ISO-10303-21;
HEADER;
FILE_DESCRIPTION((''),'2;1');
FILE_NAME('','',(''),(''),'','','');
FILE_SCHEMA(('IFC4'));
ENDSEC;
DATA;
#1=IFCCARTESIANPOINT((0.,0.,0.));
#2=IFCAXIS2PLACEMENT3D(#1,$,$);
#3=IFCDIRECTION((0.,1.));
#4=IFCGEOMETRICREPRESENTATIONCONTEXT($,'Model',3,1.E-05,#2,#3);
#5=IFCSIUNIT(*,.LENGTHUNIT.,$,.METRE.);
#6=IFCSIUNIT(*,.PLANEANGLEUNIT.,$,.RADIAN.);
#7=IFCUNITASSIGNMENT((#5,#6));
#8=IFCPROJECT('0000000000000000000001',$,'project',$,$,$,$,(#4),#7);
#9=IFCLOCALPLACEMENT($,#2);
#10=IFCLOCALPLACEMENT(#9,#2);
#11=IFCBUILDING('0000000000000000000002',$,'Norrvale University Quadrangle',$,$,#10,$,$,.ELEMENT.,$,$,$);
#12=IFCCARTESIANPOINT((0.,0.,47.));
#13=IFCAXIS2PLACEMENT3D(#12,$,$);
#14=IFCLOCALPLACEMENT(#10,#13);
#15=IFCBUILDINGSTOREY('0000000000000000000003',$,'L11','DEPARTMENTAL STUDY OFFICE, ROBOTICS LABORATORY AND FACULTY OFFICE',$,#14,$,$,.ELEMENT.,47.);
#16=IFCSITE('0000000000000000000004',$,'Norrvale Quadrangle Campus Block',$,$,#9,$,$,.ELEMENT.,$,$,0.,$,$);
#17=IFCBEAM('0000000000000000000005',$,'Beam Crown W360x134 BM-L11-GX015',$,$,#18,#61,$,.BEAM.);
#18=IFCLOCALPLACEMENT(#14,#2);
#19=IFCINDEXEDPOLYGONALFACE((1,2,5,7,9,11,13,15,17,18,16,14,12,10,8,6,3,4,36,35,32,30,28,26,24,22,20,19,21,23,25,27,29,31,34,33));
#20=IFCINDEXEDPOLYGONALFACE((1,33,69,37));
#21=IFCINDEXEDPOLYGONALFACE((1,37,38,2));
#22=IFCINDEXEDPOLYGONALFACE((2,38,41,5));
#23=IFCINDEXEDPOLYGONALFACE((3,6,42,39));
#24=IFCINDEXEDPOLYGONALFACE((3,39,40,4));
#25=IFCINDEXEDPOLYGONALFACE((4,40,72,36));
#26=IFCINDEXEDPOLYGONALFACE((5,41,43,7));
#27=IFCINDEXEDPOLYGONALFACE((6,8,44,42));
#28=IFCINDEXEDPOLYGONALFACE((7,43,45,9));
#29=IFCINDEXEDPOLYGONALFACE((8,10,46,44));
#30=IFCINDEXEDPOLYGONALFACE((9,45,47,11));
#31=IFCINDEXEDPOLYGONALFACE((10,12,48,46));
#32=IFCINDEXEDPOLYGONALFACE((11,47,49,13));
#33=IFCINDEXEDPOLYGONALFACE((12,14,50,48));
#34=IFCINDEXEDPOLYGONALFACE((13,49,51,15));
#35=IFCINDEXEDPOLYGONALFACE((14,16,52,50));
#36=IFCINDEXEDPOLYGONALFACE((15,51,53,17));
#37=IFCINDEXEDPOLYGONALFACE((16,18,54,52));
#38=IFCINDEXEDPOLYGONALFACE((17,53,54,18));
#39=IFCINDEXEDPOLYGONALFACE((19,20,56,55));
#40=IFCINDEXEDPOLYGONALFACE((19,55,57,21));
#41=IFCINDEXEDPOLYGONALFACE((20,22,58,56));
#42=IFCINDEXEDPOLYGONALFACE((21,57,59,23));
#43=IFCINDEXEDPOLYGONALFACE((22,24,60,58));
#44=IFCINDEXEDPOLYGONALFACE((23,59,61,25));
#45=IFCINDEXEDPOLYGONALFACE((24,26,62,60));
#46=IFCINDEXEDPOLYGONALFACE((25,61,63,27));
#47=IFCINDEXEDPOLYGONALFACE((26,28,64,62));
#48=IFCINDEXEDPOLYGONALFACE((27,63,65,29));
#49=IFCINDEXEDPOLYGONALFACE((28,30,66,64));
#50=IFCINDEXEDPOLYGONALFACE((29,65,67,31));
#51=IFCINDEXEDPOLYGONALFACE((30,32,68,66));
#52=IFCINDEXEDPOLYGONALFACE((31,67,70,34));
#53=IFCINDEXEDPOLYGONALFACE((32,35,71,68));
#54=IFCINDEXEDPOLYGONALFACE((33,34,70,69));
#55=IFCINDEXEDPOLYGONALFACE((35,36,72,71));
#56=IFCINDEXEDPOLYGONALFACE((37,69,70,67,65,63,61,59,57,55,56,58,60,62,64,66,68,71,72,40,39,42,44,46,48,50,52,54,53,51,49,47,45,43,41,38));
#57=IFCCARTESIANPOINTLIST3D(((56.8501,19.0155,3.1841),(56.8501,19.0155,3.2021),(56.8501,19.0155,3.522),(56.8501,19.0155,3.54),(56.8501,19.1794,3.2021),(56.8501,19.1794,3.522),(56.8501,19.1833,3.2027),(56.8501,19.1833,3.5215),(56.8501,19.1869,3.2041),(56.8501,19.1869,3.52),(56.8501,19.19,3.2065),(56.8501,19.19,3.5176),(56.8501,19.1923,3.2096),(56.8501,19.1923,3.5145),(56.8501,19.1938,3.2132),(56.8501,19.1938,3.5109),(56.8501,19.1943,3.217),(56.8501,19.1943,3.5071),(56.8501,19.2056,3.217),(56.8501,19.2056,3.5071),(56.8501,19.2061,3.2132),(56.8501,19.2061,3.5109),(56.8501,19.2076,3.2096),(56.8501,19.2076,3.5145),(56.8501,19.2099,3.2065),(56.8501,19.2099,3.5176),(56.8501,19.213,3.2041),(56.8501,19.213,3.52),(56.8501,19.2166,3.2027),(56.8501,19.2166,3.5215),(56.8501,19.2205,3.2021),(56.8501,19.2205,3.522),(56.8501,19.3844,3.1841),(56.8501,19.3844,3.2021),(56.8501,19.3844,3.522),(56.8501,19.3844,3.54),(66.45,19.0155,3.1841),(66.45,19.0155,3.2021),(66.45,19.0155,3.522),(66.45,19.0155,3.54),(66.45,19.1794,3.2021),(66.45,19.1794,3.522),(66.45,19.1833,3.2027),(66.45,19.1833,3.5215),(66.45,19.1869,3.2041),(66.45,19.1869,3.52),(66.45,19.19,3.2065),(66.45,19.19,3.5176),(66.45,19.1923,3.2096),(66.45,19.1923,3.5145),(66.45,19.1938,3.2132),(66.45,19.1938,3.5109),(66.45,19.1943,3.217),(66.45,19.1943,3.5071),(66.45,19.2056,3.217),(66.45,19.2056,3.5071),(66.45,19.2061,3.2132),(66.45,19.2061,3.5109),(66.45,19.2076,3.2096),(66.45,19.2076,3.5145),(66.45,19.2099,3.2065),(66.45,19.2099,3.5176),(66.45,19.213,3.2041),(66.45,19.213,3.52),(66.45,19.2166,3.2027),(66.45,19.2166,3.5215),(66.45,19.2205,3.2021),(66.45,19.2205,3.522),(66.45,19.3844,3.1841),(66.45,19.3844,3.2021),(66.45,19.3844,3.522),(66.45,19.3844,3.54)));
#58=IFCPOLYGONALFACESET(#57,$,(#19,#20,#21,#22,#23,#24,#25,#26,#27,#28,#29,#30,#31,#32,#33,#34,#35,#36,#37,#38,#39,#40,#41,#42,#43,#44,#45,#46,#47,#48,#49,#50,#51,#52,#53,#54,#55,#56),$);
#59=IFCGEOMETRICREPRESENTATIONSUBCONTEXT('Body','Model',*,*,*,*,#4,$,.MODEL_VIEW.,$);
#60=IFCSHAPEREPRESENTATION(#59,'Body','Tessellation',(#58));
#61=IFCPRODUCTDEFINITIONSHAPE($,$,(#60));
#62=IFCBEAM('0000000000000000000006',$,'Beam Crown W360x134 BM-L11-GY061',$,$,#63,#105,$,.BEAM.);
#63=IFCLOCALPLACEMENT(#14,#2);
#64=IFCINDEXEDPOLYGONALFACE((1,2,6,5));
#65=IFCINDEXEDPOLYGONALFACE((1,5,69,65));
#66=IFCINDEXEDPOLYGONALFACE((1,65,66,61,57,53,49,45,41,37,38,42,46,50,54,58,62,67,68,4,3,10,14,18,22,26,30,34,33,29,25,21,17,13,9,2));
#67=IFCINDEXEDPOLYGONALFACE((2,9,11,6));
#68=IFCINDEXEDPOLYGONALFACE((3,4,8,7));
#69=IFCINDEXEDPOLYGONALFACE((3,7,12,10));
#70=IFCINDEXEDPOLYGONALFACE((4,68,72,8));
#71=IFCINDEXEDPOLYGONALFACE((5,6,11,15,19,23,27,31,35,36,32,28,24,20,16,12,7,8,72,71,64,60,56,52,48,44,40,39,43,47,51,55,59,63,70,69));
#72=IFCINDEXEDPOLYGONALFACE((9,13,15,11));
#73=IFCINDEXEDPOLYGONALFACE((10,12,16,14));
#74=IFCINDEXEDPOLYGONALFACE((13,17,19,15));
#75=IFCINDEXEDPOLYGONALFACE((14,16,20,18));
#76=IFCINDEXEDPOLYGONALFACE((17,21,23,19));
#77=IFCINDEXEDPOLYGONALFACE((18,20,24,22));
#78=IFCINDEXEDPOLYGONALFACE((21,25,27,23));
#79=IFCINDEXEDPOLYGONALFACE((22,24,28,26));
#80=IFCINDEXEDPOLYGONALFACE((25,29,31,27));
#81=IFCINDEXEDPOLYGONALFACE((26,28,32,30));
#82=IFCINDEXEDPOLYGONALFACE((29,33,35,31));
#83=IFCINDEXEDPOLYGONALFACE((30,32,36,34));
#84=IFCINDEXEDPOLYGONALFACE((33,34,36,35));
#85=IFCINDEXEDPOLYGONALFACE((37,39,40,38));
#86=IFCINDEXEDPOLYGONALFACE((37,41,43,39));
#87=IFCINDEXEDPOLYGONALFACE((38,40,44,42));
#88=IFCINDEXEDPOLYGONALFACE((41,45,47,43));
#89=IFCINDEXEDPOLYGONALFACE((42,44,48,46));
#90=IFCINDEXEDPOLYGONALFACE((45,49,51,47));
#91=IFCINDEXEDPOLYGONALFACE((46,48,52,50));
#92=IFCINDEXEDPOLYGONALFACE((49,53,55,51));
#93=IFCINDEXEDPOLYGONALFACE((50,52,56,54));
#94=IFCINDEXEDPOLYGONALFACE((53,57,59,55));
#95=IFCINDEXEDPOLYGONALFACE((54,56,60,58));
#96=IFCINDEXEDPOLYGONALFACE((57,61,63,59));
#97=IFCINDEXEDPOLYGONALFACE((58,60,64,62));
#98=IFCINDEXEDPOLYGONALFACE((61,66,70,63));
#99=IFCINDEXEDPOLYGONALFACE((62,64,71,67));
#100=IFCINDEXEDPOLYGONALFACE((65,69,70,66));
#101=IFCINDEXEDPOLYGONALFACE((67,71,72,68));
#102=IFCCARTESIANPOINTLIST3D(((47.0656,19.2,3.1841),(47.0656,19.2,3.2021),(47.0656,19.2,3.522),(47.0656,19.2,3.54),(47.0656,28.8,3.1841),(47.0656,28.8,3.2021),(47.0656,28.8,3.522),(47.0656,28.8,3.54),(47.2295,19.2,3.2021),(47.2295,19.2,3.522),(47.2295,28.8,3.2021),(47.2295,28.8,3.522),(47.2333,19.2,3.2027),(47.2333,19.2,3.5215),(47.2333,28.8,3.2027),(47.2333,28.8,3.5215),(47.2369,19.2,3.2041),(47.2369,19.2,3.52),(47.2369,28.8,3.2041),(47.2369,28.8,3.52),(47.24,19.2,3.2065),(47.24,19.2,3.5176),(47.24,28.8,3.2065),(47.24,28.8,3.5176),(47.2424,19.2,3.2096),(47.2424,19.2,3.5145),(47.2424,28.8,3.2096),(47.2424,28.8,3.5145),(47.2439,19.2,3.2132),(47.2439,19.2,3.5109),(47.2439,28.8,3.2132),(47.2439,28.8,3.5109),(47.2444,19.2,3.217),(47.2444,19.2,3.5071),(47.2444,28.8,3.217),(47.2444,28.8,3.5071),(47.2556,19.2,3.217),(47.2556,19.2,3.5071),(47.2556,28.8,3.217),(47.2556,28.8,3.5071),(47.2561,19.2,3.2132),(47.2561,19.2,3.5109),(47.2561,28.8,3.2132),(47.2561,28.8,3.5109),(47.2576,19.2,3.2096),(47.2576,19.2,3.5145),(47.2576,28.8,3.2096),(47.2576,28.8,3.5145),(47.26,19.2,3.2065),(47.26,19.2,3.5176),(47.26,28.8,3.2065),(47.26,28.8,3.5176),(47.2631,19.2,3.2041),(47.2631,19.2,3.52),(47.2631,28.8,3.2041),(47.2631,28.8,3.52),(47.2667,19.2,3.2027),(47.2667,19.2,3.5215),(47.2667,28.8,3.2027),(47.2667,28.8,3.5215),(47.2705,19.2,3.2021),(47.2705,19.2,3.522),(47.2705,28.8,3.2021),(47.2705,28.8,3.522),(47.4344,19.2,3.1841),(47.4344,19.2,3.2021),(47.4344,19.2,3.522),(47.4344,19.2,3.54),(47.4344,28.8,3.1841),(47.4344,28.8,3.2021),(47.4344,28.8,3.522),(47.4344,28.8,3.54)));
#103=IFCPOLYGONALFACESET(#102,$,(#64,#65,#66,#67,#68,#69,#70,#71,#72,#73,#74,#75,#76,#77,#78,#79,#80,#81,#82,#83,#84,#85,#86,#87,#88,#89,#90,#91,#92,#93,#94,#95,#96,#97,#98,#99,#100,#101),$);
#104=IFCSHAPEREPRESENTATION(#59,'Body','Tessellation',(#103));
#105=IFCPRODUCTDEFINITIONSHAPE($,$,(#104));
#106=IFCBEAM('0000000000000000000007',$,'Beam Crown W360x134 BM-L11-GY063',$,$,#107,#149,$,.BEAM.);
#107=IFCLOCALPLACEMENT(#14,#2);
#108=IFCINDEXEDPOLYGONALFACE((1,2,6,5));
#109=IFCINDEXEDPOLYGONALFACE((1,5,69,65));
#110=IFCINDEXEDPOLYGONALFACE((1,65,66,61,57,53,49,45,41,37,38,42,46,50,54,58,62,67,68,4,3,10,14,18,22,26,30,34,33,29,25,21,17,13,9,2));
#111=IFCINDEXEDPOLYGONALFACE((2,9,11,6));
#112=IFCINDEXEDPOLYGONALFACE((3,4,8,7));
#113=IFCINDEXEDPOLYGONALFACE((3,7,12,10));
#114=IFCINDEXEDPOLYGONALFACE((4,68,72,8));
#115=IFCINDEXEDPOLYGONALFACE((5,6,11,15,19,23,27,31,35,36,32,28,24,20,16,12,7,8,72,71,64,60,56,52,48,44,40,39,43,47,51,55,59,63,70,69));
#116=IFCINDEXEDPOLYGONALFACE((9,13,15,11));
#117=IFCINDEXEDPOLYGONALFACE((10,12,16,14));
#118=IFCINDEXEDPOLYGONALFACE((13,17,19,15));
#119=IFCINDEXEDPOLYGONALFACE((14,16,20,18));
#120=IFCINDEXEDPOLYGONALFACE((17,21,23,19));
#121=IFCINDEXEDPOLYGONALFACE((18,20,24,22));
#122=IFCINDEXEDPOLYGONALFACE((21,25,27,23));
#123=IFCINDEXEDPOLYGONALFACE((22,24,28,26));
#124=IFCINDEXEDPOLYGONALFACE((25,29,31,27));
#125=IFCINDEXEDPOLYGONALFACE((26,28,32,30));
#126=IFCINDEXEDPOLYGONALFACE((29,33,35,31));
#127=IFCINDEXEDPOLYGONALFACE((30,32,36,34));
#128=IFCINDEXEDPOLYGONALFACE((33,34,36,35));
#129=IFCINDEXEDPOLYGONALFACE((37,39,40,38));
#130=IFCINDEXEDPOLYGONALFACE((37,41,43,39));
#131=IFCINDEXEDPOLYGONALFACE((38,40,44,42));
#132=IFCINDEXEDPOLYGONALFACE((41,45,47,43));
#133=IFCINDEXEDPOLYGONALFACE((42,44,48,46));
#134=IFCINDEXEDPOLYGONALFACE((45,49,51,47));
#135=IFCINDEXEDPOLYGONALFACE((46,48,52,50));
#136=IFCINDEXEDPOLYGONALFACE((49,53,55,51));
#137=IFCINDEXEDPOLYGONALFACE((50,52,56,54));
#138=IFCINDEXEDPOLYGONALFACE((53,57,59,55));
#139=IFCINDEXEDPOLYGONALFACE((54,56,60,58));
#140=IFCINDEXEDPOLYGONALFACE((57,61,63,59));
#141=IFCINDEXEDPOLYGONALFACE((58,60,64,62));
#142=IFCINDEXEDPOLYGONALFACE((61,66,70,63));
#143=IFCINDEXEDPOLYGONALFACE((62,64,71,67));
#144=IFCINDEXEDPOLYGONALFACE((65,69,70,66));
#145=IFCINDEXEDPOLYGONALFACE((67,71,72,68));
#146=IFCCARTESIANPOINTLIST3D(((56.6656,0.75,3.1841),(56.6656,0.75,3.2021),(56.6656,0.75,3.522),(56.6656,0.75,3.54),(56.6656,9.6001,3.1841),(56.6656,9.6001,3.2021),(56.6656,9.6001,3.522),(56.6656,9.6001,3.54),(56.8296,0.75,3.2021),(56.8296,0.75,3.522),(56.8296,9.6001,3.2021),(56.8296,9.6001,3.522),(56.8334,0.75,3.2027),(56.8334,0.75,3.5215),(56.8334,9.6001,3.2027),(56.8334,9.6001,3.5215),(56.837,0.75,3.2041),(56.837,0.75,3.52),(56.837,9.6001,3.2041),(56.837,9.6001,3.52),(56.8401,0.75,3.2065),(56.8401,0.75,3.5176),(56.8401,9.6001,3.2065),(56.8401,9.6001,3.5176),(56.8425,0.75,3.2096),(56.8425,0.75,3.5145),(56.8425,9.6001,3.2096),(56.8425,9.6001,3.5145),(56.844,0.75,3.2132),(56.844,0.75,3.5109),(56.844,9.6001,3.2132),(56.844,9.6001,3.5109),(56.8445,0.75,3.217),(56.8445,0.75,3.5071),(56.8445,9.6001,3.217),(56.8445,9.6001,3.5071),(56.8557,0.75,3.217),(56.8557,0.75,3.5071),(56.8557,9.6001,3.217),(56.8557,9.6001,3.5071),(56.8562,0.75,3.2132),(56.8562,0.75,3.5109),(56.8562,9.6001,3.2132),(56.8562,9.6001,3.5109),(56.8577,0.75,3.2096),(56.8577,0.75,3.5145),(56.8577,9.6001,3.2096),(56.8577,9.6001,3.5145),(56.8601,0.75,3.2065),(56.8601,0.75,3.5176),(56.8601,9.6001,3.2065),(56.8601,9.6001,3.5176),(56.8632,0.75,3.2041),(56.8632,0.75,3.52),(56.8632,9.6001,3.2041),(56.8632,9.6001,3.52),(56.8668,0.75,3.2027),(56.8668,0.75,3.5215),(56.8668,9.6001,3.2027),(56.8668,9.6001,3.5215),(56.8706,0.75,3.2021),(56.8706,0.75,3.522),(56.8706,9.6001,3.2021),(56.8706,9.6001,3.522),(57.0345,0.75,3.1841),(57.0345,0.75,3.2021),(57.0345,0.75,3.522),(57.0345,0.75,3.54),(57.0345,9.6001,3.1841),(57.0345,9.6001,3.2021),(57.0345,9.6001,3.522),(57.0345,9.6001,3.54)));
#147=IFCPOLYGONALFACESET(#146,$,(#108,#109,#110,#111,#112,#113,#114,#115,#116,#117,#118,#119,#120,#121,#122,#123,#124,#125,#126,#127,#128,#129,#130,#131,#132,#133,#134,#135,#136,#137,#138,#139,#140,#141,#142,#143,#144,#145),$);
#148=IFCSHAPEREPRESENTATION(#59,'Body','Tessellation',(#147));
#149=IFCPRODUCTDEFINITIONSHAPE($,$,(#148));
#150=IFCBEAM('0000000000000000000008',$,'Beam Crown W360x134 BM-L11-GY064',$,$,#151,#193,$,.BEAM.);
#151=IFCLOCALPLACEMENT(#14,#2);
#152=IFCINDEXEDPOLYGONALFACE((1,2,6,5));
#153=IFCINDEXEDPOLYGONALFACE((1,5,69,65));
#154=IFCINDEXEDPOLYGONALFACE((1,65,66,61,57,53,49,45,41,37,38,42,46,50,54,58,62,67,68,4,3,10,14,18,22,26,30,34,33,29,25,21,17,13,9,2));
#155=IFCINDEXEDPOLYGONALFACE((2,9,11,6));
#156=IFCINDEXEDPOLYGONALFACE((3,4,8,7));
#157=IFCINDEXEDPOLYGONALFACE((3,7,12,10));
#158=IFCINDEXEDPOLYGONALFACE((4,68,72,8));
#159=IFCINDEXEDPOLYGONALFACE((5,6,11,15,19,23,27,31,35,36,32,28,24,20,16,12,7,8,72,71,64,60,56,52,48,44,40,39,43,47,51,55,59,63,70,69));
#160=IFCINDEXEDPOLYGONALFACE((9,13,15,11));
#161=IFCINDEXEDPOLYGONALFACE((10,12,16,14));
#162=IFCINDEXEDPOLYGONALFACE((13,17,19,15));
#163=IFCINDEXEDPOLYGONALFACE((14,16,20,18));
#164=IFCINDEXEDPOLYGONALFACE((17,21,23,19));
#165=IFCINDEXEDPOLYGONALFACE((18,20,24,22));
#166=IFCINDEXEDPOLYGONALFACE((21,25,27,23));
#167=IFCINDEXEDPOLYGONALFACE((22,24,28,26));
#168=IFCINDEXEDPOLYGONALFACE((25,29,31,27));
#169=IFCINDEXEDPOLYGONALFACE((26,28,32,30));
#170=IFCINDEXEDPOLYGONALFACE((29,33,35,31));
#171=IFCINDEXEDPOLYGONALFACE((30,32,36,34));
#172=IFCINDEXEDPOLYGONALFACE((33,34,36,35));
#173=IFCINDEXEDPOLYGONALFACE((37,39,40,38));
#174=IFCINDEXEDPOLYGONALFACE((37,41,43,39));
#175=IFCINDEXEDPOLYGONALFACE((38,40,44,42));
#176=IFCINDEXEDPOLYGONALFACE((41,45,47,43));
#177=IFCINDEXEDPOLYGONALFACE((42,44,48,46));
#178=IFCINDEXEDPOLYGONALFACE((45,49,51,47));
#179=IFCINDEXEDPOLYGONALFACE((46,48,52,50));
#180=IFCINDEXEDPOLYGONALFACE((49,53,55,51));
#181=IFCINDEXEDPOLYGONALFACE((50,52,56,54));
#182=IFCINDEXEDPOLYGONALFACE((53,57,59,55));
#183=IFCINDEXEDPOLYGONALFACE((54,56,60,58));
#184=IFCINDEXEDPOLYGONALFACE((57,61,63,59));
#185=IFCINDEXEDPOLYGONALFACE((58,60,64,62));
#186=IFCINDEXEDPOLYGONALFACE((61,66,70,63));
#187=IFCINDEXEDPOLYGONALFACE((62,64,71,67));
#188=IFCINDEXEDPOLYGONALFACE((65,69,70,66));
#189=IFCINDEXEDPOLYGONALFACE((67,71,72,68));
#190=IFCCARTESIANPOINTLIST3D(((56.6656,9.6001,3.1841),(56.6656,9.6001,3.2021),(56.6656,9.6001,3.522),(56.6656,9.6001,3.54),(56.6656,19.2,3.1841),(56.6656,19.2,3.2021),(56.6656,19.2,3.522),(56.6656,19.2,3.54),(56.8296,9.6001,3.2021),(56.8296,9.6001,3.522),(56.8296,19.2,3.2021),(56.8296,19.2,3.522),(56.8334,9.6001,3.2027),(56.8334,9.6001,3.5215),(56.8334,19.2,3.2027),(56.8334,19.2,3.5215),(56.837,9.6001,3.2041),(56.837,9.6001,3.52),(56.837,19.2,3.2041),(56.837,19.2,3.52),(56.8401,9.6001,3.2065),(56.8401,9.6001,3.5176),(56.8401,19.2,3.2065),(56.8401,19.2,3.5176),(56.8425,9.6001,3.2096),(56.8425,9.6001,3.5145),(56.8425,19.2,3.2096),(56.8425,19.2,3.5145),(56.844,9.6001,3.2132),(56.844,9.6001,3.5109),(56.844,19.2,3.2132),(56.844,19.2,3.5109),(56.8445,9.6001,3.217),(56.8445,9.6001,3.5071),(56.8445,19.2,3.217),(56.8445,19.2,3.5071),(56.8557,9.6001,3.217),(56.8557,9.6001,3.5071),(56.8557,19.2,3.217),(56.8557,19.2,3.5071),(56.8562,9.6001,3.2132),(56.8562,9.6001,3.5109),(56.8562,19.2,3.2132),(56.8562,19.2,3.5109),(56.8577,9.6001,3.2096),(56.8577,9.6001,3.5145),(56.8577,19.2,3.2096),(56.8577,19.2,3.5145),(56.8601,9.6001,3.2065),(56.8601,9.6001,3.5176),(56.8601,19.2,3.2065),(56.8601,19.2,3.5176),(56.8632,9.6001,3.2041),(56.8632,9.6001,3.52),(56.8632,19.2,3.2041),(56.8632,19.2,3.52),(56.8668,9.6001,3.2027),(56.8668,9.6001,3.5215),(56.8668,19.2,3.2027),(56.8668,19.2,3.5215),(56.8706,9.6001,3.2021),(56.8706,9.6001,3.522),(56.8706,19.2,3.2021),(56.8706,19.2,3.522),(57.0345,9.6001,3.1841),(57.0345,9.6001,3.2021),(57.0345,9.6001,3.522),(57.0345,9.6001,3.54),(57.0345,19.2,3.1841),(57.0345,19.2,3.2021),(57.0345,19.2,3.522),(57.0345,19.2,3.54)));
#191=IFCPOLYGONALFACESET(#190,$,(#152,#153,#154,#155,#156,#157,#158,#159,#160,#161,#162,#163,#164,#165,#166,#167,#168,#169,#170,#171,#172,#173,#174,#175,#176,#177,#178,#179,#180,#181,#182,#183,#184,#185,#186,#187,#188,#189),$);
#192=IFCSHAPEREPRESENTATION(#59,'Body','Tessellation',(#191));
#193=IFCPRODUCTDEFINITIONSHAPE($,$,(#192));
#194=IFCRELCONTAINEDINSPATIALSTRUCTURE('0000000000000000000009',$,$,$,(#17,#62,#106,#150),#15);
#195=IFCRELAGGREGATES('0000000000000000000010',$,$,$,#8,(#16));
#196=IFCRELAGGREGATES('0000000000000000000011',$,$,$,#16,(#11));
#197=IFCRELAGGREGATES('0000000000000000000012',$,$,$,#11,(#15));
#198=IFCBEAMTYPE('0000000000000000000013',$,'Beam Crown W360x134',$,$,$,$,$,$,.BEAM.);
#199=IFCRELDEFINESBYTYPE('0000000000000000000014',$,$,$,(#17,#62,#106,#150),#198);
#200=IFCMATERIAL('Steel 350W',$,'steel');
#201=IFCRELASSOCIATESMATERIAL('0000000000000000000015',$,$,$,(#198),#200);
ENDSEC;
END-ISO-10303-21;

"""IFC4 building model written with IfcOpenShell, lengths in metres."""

from ifc_helpers import new_model, si_unit, direction, frame, origin, origin_2d, place, context, subcontext, project, spatial, i_section, extrude, material, material_profile, profile_set, type_object, element, save


model = new_model("IFC4")

# Units and contexts
model_context = context("Model", 3, precision=1e-05, world=origin(), true_north=direction((0.0, 1.0)))
body_context = subcontext(model_context, "Body", "Model", "MODEL_VIEW")
ifc_project = project(units=[si_unit("LENGTHUNIT", "METRE"), si_unit("PLANEANGLEUNIT", "RADIAN")], contexts=[model_context])

# Site, building, storey
site_placement = place(None, origin())
site = spatial("IfcSite", under=ifc_project, at=site_placement, Name="Norrvale Quadrangle Campus Block", CompositionType="ELEMENT", RefElevation=0.0)
building_placement = place(site_placement, origin())
building = spatial("IfcBuilding", under=site, at=building_placement, Name="Norrvale University Quadrangle", CompositionType="ELEMENT")
storey_placement = place(building_placement, frame((0.0, 0.0, 47.0)))
storey = spatial("IfcBuildingStorey", under=building, at=storey_placement, Name="L11", Description="DEPARTMENTAL STUDY OFFICE, ROBOTICS LABORATORY AND FACULTY OFFICE", CompositionType="ELEMENT", Elevation=47.0)

# Beams
ifc_material_1 = material(Name="Steel 350W", Category="steel")
ifc_material_profile_1 = material_profile(ifc_material_1, i_section(OverallWidth=0.3689, OverallDepth=0.356, WebThickness=0.0112, FlangeThickness=0.0181, FilletRadius=0.0149, at=origin_2d()), Name="Steel 350W")
ifc_profile_set_1 = profile_set([ifc_material_profile_1], Name="Steel 350W")
beam_type_1 = type_object("IfcBeamType", Name="Beam Crown W360x134", PredefinedType="BEAM", material=ifc_profile_set_1)
beam_1_placement = place(storey_placement, frame((56.8501, 19.2, 3.3621), z_axis=(1.0, 0.0, 0.0), x_axis=(0.0, 1.0, 0.0)))
element("IfcBeam", 1, at=beam_1_placement, inside=storey, type_object=beam_type_1, Name="Beam Crown W360x134 BM-L11-GX015", PredefinedType="BEAM", context=body_context, shape_type="SweptSolid", body=[
    extrude(i_section(OverallWidth=0.3689, OverallDepth=0.356, WebThickness=0.0112, FlangeThickness=0.0181, FilletRadius=0.0149, at=origin_2d()), origin(), (0.0, 0.0, 1.0), 9.5999),
])
beam_2_placement = place(storey_placement, frame((47.25, 19.2, 3.3621), z_axis=(0.0, 1.0, 0.0), x_axis=(-1.0, 0.0, 0.0)))
element("IfcBeam", 2, at=beam_2_placement, inside=storey, type_object=beam_type_1, Name="Beam Crown W360x134 BM-L11-GY061", PredefinedType="BEAM", context=body_context, shape_type="SweptSolid", body=[
    extrude(i_section(OverallWidth=0.3689, OverallDepth=0.356, WebThickness=0.0112, FlangeThickness=0.0181, FilletRadius=0.0149, at=origin_2d()), origin(), (0.0, 0.0, 1.0), 9.6001),
])
beam_3_placement = place(storey_placement, frame((56.8501, 0.75, 3.3621), z_axis=(0.0, 1.0, 0.0), x_axis=(-1.0, 0.0, 0.0)))
element("IfcBeam", 3, at=beam_3_placement, inside=storey, type_object=beam_type_1, Name="Beam Crown W360x134 BM-L11-GY063", PredefinedType="BEAM", context=body_context, shape_type="SweptSolid", body=[
    extrude(i_section(OverallWidth=0.3689, OverallDepth=0.356, WebThickness=0.0112, FlangeThickness=0.0181, FilletRadius=0.0149, at=origin_2d()), origin(), (0.0, 0.0, 1.0), 8.8501),
])
for number, where, z_axis, x_axis, name in (
    (4, (56.8501, 9.6001, 3.3621), (0.0, 1.0, 0.0), (-1.0, 0.0, 0.0), "Beam Crown W360x134 BM-L11-GY064"),
):
    element("IfcBeam", number, at=place(storey_placement, frame(where, z_axis=z_axis, x_axis=x_axis)), inside=storey, type_object=beam_type_1, Name=name, PredefinedType="BEAM", context=body_context, shape_type="SweptSolid", body=[
        extrude(i_section(OverallWidth=0.3689, OverallDepth=0.356, WebThickness=0.0112, FlangeThickness=0.0181, FilletRadius=0.0149, at=origin_2d()), origin(), (0.0, 0.0, 1.0), 9.5999),
    ])

save(model, "model.ifc")
